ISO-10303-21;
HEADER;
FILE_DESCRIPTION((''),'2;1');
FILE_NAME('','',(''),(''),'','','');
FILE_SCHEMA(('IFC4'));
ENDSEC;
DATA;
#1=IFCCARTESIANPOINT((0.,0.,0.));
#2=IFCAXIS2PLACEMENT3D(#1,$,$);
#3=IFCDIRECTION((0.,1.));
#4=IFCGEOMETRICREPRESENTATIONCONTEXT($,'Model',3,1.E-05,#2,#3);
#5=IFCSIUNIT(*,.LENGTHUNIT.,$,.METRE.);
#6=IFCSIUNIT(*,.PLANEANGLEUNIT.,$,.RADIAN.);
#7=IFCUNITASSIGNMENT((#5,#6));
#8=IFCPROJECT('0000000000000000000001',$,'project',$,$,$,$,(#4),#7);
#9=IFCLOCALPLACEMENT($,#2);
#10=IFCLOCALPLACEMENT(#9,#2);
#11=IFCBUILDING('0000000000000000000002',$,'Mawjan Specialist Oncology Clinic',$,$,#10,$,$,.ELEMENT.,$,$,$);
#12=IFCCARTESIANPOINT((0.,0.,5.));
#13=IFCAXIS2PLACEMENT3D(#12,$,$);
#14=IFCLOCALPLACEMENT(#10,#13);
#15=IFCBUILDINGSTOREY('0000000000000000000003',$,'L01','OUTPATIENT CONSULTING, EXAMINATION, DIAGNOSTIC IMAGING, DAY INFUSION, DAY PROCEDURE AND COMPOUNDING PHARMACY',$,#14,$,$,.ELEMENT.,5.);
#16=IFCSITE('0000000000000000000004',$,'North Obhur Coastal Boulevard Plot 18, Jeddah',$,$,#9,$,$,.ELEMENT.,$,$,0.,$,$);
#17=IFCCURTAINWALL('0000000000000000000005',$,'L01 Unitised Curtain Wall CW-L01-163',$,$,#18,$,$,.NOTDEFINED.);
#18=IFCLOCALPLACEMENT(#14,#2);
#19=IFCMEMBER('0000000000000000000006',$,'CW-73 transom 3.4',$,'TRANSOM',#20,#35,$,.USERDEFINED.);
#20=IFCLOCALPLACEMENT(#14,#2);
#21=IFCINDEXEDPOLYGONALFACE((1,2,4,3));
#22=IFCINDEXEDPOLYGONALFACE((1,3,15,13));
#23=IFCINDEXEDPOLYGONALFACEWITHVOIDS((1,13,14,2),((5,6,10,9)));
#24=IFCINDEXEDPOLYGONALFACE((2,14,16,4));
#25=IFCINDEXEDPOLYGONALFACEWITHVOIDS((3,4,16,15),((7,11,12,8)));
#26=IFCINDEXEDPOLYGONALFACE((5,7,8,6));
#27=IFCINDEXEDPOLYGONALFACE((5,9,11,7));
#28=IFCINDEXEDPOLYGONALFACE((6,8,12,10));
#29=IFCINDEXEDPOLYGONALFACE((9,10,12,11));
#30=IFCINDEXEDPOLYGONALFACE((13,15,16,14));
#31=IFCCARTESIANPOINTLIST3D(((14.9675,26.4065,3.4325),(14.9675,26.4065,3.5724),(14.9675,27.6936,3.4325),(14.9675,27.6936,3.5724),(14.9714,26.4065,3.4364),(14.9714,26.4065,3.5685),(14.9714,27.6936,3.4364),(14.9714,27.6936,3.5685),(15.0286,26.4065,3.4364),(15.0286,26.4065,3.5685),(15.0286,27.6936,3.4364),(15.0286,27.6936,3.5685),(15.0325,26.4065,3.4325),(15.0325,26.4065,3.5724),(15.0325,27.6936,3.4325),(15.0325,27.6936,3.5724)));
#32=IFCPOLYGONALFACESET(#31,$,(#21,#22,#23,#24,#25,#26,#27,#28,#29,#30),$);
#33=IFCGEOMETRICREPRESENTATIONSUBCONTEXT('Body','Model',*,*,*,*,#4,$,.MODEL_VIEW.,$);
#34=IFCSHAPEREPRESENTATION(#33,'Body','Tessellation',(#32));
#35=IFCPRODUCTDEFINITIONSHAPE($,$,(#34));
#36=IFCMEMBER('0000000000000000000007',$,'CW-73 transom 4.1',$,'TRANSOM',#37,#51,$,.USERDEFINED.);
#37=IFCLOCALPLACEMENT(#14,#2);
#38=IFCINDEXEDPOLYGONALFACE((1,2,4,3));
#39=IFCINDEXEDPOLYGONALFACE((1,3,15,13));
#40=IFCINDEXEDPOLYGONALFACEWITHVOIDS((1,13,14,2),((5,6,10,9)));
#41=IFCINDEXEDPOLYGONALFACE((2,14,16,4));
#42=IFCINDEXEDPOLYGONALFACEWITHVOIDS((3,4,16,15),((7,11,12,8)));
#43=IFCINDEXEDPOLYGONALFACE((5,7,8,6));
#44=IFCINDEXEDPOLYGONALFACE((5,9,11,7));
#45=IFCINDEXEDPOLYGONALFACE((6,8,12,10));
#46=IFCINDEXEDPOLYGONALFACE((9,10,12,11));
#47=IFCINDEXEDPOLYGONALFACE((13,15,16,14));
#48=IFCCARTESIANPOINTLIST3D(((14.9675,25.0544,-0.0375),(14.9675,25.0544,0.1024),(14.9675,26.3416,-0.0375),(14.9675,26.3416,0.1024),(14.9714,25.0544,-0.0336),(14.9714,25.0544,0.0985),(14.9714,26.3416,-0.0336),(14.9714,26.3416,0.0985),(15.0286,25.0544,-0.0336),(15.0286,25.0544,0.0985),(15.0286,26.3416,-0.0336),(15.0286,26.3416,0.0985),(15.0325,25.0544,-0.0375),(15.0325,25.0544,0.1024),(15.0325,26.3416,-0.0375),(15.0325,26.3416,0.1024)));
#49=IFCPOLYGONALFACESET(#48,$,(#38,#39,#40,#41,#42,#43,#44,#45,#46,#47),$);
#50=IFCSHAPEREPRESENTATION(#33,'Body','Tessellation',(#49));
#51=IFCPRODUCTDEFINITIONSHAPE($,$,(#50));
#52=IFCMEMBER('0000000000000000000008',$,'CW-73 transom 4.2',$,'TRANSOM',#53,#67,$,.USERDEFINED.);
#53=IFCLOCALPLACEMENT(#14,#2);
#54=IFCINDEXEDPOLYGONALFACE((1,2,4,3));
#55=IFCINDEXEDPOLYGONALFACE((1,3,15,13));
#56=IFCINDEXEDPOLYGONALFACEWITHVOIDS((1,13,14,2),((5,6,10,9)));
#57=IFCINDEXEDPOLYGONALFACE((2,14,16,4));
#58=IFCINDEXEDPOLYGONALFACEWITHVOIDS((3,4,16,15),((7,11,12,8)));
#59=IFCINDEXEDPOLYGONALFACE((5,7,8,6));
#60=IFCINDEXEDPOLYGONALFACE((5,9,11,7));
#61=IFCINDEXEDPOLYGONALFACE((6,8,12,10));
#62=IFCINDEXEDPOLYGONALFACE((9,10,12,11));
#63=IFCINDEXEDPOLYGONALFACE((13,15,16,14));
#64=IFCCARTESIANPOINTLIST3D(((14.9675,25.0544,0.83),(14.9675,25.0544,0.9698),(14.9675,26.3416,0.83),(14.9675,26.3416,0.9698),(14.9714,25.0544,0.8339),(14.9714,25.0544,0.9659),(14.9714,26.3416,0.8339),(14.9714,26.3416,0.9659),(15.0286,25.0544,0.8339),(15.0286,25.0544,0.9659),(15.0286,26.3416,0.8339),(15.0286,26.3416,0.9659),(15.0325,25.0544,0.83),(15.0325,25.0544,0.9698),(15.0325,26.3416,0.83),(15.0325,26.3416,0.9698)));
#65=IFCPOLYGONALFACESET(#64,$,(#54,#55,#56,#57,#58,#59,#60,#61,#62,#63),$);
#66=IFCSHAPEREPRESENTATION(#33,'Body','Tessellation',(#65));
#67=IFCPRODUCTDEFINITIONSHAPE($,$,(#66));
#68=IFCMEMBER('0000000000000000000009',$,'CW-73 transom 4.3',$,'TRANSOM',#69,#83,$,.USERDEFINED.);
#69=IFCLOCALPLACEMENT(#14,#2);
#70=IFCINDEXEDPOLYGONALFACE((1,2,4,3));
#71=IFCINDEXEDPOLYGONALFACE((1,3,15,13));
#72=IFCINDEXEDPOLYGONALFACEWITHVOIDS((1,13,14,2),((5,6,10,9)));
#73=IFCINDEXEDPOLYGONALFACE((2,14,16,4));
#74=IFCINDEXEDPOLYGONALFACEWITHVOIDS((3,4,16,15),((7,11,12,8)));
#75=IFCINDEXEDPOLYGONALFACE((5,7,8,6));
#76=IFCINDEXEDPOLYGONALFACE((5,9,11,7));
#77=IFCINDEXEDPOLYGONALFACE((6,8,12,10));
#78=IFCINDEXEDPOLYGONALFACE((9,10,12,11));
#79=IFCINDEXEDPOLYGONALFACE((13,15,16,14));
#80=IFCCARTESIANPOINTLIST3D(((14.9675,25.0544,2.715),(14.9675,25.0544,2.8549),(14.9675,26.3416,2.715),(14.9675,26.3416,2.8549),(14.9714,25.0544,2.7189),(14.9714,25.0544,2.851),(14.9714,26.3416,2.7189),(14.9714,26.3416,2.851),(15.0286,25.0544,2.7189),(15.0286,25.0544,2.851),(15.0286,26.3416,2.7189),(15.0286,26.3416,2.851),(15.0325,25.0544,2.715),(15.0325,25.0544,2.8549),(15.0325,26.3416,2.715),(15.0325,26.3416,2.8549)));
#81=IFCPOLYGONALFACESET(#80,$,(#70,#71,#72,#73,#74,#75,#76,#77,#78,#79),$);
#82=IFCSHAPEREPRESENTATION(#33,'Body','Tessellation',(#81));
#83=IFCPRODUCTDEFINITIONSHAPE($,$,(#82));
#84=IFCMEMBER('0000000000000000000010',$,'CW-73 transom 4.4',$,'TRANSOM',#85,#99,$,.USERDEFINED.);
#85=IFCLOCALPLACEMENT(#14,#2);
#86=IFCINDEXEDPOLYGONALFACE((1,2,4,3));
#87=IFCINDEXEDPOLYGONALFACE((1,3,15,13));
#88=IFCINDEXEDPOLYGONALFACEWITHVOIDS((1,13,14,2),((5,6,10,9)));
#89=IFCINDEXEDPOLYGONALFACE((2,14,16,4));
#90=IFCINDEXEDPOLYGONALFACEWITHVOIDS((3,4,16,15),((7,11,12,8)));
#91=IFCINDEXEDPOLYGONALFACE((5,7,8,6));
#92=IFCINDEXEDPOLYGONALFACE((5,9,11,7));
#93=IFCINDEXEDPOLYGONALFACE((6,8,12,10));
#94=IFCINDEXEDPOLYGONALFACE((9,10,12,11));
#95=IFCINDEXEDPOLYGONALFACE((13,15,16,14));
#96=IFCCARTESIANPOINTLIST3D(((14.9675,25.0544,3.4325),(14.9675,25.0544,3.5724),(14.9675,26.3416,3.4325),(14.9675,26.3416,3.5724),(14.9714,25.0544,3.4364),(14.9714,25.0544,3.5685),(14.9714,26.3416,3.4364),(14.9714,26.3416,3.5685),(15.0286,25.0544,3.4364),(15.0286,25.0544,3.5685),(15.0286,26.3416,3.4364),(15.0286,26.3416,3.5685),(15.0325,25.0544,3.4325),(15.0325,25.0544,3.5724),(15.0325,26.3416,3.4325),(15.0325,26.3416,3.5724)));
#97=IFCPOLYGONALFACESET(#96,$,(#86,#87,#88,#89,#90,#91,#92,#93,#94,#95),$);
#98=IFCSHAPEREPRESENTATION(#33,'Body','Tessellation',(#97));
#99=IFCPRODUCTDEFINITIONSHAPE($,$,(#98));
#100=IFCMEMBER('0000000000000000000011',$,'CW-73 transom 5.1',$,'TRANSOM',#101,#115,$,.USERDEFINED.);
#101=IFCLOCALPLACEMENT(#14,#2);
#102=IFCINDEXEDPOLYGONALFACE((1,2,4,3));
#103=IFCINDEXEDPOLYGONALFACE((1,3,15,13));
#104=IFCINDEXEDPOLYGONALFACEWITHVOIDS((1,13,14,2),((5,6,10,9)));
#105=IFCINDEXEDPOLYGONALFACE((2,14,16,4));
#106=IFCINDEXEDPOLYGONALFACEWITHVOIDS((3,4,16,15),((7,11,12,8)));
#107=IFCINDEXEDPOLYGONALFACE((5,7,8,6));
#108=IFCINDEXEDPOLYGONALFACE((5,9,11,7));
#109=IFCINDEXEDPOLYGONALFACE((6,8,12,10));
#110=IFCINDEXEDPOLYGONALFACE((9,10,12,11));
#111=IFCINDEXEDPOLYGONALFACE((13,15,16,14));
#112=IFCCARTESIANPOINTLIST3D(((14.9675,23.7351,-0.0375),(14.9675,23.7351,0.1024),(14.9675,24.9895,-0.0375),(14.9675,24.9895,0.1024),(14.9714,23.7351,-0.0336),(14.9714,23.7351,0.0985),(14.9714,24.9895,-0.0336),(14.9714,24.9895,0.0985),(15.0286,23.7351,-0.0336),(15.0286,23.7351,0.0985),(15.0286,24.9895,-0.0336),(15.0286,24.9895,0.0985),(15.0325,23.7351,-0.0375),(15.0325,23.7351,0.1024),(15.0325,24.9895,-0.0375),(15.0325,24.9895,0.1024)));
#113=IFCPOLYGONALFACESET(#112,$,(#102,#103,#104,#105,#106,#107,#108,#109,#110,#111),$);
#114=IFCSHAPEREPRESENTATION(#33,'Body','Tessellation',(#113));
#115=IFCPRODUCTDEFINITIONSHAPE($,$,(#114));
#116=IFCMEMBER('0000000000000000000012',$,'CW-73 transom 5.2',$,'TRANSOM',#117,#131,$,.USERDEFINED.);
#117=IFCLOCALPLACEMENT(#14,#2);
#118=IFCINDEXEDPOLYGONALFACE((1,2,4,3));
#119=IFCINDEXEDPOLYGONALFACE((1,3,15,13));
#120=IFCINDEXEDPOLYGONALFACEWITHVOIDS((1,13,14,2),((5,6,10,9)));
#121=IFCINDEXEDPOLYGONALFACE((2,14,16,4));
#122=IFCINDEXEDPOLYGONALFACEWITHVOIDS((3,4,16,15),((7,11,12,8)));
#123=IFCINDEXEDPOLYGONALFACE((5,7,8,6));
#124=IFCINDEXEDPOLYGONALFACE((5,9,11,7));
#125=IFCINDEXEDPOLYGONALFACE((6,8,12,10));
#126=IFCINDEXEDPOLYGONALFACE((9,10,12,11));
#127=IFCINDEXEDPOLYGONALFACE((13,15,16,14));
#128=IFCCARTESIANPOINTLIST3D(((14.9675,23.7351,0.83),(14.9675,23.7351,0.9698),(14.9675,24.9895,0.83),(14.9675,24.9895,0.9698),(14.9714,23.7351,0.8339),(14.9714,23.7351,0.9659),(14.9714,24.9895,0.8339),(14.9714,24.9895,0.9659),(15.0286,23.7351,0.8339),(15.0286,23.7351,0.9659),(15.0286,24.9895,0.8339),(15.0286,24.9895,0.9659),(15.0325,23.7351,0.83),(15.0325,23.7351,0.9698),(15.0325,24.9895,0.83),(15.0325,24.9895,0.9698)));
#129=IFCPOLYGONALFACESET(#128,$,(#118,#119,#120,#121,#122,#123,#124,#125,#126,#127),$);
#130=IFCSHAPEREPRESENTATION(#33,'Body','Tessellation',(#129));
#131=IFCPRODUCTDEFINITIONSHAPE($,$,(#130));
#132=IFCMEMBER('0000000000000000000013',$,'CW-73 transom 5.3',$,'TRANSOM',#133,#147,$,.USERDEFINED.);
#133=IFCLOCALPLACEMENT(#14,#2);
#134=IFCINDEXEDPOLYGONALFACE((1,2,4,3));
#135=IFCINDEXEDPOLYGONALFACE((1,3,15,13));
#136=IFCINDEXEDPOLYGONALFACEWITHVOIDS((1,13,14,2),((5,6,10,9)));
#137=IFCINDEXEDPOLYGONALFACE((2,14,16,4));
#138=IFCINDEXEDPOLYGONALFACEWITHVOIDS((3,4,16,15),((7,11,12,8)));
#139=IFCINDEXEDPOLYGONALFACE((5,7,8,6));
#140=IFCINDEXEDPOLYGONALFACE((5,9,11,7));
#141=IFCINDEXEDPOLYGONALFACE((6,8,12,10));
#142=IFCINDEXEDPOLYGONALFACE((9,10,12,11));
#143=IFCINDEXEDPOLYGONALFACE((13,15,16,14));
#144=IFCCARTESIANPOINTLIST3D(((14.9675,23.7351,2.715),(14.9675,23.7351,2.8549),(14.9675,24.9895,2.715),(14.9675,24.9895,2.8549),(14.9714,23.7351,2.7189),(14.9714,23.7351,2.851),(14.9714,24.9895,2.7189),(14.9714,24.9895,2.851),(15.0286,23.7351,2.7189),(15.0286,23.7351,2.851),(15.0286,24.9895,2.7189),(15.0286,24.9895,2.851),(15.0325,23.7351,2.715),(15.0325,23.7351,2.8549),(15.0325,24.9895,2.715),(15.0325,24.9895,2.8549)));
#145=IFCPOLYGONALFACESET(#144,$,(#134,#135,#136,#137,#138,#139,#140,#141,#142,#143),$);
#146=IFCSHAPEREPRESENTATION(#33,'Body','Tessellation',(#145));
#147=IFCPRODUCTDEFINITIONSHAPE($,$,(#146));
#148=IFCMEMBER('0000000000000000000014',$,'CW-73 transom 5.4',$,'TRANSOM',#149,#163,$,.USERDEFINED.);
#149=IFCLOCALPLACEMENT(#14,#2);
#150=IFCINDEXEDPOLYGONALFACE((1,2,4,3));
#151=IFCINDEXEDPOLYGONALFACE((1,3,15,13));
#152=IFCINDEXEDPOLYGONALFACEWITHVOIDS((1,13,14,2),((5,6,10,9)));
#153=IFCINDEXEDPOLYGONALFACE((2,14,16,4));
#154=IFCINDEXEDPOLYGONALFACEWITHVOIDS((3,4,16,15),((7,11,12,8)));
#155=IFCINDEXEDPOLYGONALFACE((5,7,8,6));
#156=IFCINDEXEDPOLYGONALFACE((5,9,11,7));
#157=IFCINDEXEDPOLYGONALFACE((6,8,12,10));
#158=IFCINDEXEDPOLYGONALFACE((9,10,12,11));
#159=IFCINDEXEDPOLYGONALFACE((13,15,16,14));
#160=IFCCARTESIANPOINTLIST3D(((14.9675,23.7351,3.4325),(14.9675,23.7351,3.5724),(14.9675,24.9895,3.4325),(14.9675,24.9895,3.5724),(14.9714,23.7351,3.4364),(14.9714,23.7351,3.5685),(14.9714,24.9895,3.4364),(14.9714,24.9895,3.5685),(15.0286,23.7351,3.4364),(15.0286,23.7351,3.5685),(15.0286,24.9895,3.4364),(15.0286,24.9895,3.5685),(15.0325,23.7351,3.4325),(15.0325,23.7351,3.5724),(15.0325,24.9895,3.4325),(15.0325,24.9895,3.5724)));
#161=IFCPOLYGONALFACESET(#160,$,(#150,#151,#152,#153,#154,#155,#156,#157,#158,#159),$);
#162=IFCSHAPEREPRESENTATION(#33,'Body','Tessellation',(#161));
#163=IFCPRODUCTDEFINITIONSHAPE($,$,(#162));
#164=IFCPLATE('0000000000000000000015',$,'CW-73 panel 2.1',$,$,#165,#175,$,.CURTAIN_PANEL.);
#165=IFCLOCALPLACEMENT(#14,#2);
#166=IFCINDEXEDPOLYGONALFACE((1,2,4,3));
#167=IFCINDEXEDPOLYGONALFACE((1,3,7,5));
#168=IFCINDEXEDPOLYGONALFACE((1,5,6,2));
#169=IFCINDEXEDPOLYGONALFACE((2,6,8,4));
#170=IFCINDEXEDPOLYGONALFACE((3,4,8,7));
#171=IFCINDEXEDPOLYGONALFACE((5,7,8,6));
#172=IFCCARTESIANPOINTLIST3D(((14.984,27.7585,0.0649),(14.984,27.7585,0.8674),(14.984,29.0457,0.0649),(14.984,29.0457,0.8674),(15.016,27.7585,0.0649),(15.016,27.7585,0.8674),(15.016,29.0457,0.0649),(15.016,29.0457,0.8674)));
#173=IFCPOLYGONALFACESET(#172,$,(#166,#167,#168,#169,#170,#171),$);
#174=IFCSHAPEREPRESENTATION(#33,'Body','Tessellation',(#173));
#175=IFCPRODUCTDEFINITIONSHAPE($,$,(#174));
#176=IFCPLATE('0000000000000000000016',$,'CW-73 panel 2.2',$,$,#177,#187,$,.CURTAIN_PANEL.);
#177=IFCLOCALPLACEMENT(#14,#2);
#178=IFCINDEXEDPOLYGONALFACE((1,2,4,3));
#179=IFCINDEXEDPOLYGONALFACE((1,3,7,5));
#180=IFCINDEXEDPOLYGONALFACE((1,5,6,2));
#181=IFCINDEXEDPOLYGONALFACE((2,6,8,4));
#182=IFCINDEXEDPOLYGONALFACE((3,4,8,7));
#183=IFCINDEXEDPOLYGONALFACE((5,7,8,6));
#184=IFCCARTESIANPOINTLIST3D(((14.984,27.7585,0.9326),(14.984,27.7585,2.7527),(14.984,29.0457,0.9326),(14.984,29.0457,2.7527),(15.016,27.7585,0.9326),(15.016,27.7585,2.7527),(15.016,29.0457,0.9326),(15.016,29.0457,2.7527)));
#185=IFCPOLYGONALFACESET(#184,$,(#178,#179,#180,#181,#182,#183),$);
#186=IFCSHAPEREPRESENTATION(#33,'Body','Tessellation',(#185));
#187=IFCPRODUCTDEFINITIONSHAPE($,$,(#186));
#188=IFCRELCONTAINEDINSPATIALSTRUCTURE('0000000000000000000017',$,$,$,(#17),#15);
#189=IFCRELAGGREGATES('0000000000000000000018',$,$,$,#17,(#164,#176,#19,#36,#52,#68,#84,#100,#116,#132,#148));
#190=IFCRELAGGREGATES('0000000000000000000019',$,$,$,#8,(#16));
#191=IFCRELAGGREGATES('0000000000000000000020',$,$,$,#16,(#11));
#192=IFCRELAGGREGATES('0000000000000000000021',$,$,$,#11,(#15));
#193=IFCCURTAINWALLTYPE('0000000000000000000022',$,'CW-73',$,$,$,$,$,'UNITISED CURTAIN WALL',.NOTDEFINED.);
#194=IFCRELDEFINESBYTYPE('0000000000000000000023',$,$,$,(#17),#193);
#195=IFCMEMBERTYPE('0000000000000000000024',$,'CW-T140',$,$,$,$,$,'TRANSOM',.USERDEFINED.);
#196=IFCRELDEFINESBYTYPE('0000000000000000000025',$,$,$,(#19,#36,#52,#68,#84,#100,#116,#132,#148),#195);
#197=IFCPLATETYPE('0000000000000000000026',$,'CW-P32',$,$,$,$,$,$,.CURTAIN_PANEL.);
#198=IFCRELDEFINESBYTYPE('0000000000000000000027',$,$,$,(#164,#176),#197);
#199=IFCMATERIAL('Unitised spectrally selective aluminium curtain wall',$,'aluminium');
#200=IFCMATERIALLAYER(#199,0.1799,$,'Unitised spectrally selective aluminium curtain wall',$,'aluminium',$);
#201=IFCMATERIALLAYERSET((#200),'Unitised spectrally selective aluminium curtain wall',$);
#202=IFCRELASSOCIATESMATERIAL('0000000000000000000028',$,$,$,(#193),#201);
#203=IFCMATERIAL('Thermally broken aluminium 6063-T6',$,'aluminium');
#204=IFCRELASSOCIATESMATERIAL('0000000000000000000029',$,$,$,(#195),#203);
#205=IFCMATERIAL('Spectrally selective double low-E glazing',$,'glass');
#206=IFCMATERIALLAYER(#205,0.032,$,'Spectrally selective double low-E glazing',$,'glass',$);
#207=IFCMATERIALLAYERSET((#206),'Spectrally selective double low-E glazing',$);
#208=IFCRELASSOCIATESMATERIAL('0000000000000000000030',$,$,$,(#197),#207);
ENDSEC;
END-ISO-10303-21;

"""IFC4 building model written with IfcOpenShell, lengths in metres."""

from ifc_helpers import new_model, si_unit, direction, frame, origin, origin_2d, place, context, subcontext, project, spatial, rectangle, hollow_rectangle, extrude, material, layer, layer_set, material_profile, profile_set, type_object, element, aggregate, save


model = new_model("IFC4")

# Units and contexts
model_context = context("Model", 3, precision=1e-05, world=origin(), true_north=direction((0.0, 1.0)))
body_context = subcontext(model_context, "Body", "Model", "MODEL_VIEW")
ifc_project = project(units=[si_unit("LENGTHUNIT", "METRE"), si_unit("PLANEANGLEUNIT", "RADIAN")], contexts=[model_context])

# Site, building, storey
site_placement = place(None, origin())
site = spatial("IfcSite", under=ifc_project, at=site_placement, Name="North Obhur Coastal Boulevard Plot 18, Jeddah", CompositionType="ELEMENT", RefElevation=0.0)
building_placement = place(site_placement, origin())
building = spatial("IfcBuilding", under=site, at=building_placement, Name="Mawjan Specialist Oncology Clinic", CompositionType="ELEMENT")
storey_placement = place(building_placement, frame((0.0, 0.0, 5.0)))
storey = spatial("IfcBuildingStorey", under=building, at=storey_placement, Name="L01", Description="OUTPATIENT CONSULTING, EXAMINATION, DIAGNOSTIC IMAGING, DAY INFUSION, DAY PROCEDURE AND COMPOUNDING PHARMACY", CompositionType="ELEMENT", Elevation=5.0)

# Curtain wall, members, plates
ifc_material_1 = material(Name="Unitised spectrally selective aluminium curtain wall", Category="aluminium")
ifc_layer_1 = layer(ifc_material_1, 0.1799, Name="Unitised spectrally selective aluminium curtain wall", Category="aluminium")
ifc_layer_set_1 = layer_set([ifc_layer_1], Name="Unitised spectrally selective aluminium curtain wall")
curtain_wall_type = type_object("IfcCurtainWallType", Name="CW-73", ElementType="UNITISED CURTAIN WALL", PredefinedType="NOTDEFINED", material=ifc_layer_set_1)
curtain_wall_placement = place(storey_placement, origin())
curtain_wall = element("IfcCurtainWall", 1, at=curtain_wall_placement, inside=storey, type_object=curtain_wall_type, Name="L01 Unitised Curtain Wall CW-L01-163", PredefinedType="NOTDEFINED")
ifc_material_2 = material(Name="Thermally broken aluminium 6063-T6", Category="aluminium")
ifc_material_profile_1 = material_profile(ifc_material_2, hollow_rectangle(XDim=0.0649, YDim=0.1399, WallThickness=0.0039, at=origin_2d()), Name="ALU TRANSOM 140x65x4", Category="aluminium")
ifc_profile_set_1 = profile_set([ifc_material_profile_1], Name="Thermally broken aluminium 6063-T6")
member_type_1 = type_object("IfcMemberType", Name="CW-T140", ElementType="TRANSOM", PredefinedType="USERDEFINED", material=ifc_profile_set_1)
member_1_placement = place(storey_placement, frame((15.0, 27.6936, 3.5024), z_axis=(0.0, -1.0, 0.0), x_axis=(1.0, 0.0, 0.0)))
member_1 = element("IfcMember", 2, at=member_1_placement, type_object=member_type_1, Name="CW-73 transom 3.4", ObjectType="TRANSOM", PredefinedType="USERDEFINED", context=body_context, shape_type="SweptSolid", body=[
    extrude(hollow_rectangle(XDim=0.0649, YDim=0.1399, WallThickness=0.0039, at=origin_2d()), origin(), (0.0, 0.0, 1.0), 1.2871),
])
member_2_placement = place(storey_placement, frame((15.0, 26.3416, 0.0325), z_axis=(0.0, -1.0, 0.0), x_axis=(1.0, 0.0, 0.0)))
member_2 = element("IfcMember", 3, at=member_2_placement, type_object=member_type_1, Name="CW-73 transom 4.1", ObjectType="TRANSOM", PredefinedType="USERDEFINED", context=body_context, shape_type="SweptSolid", body=[
    extrude(hollow_rectangle(XDim=0.0649, YDim=0.1399, WallThickness=0.0039, at=origin_2d()), origin(), (0.0, 0.0, 1.0), 1.2871),
])
member_3_placement = place(storey_placement, frame((15.0, 26.3416, 0.8999), z_axis=(0.0, -1.0, 0.0), x_axis=(1.0, 0.0, 0.0)))
member_3 = element("IfcMember", 4, at=member_3_placement, type_object=member_type_1, Name="CW-73 transom 4.2", ObjectType="TRANSOM", PredefinedType="USERDEFINED", context=body_context, shape_type="SweptSolid", body=[
    extrude(hollow_rectangle(XDim=0.0649, YDim=0.1399, WallThickness=0.0039, at=origin_2d()), origin(), (0.0, 0.0, 1.0), 1.2871),
])
member_4_placement = place(storey_placement, frame((15.0, 26.3416, 2.7849), z_axis=(0.0, -1.0, 0.0), x_axis=(1.0, 0.0, 0.0)))
member_4 = element("IfcMember", 5, at=member_4_placement, type_object=member_type_1, Name="CW-73 transom 4.3", ObjectType="TRANSOM", PredefinedType="USERDEFINED", context=body_context, shape_type="SweptSolid", body=[
    extrude(hollow_rectangle(XDim=0.0649, YDim=0.1399, WallThickness=0.0039, at=origin_2d()), origin(), (0.0, 0.0, 1.0), 1.2871),
])
member_5_placement = place(storey_placement, frame((15.0, 26.3416, 3.5024), z_axis=(0.0, -1.0, 0.0), x_axis=(1.0, 0.0, 0.0)))
member_5 = element("IfcMember", 6, at=member_5_placement, type_object=member_type_1, Name="CW-73 transom 4.4", ObjectType="TRANSOM", PredefinedType="USERDEFINED", context=body_context, shape_type="SweptSolid", body=[
    extrude(hollow_rectangle(XDim=0.0649, YDim=0.1399, WallThickness=0.0039, at=origin_2d()), origin(), (0.0, 0.0, 1.0), 1.2871),
])
member_6_placement = place(storey_placement, frame((15.0, 24.9895, 0.0325), z_axis=(0.0, -1.0, 0.0), x_axis=(1.0, 0.0, 0.0)))
member_6 = element("IfcMember", 7, at=member_6_placement, type_object=member_type_1, Name="CW-73 transom 5.1", ObjectType="TRANSOM", PredefinedType="USERDEFINED", context=body_context, shape_type="SweptSolid", body=[
    extrude(hollow_rectangle(XDim=0.0649, YDim=0.1399, WallThickness=0.0039, at=origin_2d()), origin(), (0.0, 0.0, 1.0), 1.2544),
])
member_7_placement = place(storey_placement, frame((15.0, 24.9895, 0.8999), z_axis=(0.0, -1.0, 0.0), x_axis=(1.0, 0.0, 0.0)))
member_7 = element("IfcMember", 8, at=member_7_placement, type_object=member_type_1, Name="CW-73 transom 5.2", ObjectType="TRANSOM", PredefinedType="USERDEFINED", context=body_context, shape_type="SweptSolid", body=[
    extrude(hollow_rectangle(XDim=0.0649, YDim=0.1399, WallThickness=0.0039, at=origin_2d()), origin(), (0.0, 0.0, 1.0), 1.2544),
])
member_8_placement = place(storey_placement, frame((15.0, 24.9895, 2.7849), z_axis=(0.0, -1.0, 0.0), x_axis=(1.0, 0.0, 0.0)))
member_8 = element("IfcMember", 9, at=member_8_placement, type_object=member_type_1, Name="CW-73 transom 5.3", ObjectType="TRANSOM", PredefinedType="USERDEFINED", context=body_context, shape_type="SweptSolid", body=[
    extrude(hollow_rectangle(XDim=0.0649, YDim=0.1399, WallThickness=0.0039, at=origin_2d()), origin(), (0.0, 0.0, 1.0), 1.2544),
])
member_9_placement = place(storey_placement, frame((15.0, 24.9895, 3.5024), z_axis=(0.0, -1.0, 0.0), x_axis=(1.0, 0.0, 0.0)))
member_9 = element("IfcMember", 10, at=member_9_placement, type_object=member_type_1, Name="CW-73 transom 5.4", ObjectType="TRANSOM", PredefinedType="USERDEFINED", context=body_context, shape_type="SweptSolid", body=[
    extrude(hollow_rectangle(XDim=0.0649, YDim=0.1399, WallThickness=0.0039, at=origin_2d()), origin(), (0.0, 0.0, 1.0), 1.2544),
])
ifc_material_3 = material(Name="Spectrally selective double low-E glazing", Category="glass")
ifc_layer_2 = layer(ifc_material_3, 0.032, Name="Spectrally selective double low-E glazing", Category="glass")
ifc_layer_set_2 = layer_set([ifc_layer_2], Name="Spectrally selective double low-E glazing")
plate_type = type_object("IfcPlateType", Name="CW-P32", PredefinedType="CURTAIN_PANEL", material=ifc_layer_set_2)
plate_1_placement = place(storey_placement, frame((15.0, 28.4021, 0.0649), z_axis=(0.0, 0.0, 1.0), x_axis=(0.0, -1.0, 0.0)))
plate_1 = element("IfcPlate", 11, at=plate_1_placement, type_object=plate_type, Name="CW-73 panel 2.1", PredefinedType="CURTAIN_PANEL", context=body_context, shape_type="SweptSolid", body=[
    extrude(rectangle(XDim=1.2871, YDim=0.032, at=origin_2d()), origin(), (0.0, 0.0, 1.0), 0.8025),
])
plate_2_placement = place(storey_placement, frame((15.0, 28.4021, 0.9326), z_axis=(0.0, 0.0, 1.0), x_axis=(0.0, -1.0, 0.0)))
plate_2 = element("IfcPlate", 12, at=plate_2_placement, type_object=plate_type, Name="CW-73 panel 2.2", PredefinedType="CURTAIN_PANEL", context=body_context, shape_type="SweptSolid", body=[
    extrude(rectangle(XDim=1.2871, YDim=0.032, at=origin_2d()), origin(), (0.0, 0.0, 1.0), 1.8201),
])
aggregate(curtain_wall, [plate_1, plate_2, member_1, member_2, member_3, member_4, member_5, member_6, member_7, member_8, member_9])

save(model, "model.ifc")
